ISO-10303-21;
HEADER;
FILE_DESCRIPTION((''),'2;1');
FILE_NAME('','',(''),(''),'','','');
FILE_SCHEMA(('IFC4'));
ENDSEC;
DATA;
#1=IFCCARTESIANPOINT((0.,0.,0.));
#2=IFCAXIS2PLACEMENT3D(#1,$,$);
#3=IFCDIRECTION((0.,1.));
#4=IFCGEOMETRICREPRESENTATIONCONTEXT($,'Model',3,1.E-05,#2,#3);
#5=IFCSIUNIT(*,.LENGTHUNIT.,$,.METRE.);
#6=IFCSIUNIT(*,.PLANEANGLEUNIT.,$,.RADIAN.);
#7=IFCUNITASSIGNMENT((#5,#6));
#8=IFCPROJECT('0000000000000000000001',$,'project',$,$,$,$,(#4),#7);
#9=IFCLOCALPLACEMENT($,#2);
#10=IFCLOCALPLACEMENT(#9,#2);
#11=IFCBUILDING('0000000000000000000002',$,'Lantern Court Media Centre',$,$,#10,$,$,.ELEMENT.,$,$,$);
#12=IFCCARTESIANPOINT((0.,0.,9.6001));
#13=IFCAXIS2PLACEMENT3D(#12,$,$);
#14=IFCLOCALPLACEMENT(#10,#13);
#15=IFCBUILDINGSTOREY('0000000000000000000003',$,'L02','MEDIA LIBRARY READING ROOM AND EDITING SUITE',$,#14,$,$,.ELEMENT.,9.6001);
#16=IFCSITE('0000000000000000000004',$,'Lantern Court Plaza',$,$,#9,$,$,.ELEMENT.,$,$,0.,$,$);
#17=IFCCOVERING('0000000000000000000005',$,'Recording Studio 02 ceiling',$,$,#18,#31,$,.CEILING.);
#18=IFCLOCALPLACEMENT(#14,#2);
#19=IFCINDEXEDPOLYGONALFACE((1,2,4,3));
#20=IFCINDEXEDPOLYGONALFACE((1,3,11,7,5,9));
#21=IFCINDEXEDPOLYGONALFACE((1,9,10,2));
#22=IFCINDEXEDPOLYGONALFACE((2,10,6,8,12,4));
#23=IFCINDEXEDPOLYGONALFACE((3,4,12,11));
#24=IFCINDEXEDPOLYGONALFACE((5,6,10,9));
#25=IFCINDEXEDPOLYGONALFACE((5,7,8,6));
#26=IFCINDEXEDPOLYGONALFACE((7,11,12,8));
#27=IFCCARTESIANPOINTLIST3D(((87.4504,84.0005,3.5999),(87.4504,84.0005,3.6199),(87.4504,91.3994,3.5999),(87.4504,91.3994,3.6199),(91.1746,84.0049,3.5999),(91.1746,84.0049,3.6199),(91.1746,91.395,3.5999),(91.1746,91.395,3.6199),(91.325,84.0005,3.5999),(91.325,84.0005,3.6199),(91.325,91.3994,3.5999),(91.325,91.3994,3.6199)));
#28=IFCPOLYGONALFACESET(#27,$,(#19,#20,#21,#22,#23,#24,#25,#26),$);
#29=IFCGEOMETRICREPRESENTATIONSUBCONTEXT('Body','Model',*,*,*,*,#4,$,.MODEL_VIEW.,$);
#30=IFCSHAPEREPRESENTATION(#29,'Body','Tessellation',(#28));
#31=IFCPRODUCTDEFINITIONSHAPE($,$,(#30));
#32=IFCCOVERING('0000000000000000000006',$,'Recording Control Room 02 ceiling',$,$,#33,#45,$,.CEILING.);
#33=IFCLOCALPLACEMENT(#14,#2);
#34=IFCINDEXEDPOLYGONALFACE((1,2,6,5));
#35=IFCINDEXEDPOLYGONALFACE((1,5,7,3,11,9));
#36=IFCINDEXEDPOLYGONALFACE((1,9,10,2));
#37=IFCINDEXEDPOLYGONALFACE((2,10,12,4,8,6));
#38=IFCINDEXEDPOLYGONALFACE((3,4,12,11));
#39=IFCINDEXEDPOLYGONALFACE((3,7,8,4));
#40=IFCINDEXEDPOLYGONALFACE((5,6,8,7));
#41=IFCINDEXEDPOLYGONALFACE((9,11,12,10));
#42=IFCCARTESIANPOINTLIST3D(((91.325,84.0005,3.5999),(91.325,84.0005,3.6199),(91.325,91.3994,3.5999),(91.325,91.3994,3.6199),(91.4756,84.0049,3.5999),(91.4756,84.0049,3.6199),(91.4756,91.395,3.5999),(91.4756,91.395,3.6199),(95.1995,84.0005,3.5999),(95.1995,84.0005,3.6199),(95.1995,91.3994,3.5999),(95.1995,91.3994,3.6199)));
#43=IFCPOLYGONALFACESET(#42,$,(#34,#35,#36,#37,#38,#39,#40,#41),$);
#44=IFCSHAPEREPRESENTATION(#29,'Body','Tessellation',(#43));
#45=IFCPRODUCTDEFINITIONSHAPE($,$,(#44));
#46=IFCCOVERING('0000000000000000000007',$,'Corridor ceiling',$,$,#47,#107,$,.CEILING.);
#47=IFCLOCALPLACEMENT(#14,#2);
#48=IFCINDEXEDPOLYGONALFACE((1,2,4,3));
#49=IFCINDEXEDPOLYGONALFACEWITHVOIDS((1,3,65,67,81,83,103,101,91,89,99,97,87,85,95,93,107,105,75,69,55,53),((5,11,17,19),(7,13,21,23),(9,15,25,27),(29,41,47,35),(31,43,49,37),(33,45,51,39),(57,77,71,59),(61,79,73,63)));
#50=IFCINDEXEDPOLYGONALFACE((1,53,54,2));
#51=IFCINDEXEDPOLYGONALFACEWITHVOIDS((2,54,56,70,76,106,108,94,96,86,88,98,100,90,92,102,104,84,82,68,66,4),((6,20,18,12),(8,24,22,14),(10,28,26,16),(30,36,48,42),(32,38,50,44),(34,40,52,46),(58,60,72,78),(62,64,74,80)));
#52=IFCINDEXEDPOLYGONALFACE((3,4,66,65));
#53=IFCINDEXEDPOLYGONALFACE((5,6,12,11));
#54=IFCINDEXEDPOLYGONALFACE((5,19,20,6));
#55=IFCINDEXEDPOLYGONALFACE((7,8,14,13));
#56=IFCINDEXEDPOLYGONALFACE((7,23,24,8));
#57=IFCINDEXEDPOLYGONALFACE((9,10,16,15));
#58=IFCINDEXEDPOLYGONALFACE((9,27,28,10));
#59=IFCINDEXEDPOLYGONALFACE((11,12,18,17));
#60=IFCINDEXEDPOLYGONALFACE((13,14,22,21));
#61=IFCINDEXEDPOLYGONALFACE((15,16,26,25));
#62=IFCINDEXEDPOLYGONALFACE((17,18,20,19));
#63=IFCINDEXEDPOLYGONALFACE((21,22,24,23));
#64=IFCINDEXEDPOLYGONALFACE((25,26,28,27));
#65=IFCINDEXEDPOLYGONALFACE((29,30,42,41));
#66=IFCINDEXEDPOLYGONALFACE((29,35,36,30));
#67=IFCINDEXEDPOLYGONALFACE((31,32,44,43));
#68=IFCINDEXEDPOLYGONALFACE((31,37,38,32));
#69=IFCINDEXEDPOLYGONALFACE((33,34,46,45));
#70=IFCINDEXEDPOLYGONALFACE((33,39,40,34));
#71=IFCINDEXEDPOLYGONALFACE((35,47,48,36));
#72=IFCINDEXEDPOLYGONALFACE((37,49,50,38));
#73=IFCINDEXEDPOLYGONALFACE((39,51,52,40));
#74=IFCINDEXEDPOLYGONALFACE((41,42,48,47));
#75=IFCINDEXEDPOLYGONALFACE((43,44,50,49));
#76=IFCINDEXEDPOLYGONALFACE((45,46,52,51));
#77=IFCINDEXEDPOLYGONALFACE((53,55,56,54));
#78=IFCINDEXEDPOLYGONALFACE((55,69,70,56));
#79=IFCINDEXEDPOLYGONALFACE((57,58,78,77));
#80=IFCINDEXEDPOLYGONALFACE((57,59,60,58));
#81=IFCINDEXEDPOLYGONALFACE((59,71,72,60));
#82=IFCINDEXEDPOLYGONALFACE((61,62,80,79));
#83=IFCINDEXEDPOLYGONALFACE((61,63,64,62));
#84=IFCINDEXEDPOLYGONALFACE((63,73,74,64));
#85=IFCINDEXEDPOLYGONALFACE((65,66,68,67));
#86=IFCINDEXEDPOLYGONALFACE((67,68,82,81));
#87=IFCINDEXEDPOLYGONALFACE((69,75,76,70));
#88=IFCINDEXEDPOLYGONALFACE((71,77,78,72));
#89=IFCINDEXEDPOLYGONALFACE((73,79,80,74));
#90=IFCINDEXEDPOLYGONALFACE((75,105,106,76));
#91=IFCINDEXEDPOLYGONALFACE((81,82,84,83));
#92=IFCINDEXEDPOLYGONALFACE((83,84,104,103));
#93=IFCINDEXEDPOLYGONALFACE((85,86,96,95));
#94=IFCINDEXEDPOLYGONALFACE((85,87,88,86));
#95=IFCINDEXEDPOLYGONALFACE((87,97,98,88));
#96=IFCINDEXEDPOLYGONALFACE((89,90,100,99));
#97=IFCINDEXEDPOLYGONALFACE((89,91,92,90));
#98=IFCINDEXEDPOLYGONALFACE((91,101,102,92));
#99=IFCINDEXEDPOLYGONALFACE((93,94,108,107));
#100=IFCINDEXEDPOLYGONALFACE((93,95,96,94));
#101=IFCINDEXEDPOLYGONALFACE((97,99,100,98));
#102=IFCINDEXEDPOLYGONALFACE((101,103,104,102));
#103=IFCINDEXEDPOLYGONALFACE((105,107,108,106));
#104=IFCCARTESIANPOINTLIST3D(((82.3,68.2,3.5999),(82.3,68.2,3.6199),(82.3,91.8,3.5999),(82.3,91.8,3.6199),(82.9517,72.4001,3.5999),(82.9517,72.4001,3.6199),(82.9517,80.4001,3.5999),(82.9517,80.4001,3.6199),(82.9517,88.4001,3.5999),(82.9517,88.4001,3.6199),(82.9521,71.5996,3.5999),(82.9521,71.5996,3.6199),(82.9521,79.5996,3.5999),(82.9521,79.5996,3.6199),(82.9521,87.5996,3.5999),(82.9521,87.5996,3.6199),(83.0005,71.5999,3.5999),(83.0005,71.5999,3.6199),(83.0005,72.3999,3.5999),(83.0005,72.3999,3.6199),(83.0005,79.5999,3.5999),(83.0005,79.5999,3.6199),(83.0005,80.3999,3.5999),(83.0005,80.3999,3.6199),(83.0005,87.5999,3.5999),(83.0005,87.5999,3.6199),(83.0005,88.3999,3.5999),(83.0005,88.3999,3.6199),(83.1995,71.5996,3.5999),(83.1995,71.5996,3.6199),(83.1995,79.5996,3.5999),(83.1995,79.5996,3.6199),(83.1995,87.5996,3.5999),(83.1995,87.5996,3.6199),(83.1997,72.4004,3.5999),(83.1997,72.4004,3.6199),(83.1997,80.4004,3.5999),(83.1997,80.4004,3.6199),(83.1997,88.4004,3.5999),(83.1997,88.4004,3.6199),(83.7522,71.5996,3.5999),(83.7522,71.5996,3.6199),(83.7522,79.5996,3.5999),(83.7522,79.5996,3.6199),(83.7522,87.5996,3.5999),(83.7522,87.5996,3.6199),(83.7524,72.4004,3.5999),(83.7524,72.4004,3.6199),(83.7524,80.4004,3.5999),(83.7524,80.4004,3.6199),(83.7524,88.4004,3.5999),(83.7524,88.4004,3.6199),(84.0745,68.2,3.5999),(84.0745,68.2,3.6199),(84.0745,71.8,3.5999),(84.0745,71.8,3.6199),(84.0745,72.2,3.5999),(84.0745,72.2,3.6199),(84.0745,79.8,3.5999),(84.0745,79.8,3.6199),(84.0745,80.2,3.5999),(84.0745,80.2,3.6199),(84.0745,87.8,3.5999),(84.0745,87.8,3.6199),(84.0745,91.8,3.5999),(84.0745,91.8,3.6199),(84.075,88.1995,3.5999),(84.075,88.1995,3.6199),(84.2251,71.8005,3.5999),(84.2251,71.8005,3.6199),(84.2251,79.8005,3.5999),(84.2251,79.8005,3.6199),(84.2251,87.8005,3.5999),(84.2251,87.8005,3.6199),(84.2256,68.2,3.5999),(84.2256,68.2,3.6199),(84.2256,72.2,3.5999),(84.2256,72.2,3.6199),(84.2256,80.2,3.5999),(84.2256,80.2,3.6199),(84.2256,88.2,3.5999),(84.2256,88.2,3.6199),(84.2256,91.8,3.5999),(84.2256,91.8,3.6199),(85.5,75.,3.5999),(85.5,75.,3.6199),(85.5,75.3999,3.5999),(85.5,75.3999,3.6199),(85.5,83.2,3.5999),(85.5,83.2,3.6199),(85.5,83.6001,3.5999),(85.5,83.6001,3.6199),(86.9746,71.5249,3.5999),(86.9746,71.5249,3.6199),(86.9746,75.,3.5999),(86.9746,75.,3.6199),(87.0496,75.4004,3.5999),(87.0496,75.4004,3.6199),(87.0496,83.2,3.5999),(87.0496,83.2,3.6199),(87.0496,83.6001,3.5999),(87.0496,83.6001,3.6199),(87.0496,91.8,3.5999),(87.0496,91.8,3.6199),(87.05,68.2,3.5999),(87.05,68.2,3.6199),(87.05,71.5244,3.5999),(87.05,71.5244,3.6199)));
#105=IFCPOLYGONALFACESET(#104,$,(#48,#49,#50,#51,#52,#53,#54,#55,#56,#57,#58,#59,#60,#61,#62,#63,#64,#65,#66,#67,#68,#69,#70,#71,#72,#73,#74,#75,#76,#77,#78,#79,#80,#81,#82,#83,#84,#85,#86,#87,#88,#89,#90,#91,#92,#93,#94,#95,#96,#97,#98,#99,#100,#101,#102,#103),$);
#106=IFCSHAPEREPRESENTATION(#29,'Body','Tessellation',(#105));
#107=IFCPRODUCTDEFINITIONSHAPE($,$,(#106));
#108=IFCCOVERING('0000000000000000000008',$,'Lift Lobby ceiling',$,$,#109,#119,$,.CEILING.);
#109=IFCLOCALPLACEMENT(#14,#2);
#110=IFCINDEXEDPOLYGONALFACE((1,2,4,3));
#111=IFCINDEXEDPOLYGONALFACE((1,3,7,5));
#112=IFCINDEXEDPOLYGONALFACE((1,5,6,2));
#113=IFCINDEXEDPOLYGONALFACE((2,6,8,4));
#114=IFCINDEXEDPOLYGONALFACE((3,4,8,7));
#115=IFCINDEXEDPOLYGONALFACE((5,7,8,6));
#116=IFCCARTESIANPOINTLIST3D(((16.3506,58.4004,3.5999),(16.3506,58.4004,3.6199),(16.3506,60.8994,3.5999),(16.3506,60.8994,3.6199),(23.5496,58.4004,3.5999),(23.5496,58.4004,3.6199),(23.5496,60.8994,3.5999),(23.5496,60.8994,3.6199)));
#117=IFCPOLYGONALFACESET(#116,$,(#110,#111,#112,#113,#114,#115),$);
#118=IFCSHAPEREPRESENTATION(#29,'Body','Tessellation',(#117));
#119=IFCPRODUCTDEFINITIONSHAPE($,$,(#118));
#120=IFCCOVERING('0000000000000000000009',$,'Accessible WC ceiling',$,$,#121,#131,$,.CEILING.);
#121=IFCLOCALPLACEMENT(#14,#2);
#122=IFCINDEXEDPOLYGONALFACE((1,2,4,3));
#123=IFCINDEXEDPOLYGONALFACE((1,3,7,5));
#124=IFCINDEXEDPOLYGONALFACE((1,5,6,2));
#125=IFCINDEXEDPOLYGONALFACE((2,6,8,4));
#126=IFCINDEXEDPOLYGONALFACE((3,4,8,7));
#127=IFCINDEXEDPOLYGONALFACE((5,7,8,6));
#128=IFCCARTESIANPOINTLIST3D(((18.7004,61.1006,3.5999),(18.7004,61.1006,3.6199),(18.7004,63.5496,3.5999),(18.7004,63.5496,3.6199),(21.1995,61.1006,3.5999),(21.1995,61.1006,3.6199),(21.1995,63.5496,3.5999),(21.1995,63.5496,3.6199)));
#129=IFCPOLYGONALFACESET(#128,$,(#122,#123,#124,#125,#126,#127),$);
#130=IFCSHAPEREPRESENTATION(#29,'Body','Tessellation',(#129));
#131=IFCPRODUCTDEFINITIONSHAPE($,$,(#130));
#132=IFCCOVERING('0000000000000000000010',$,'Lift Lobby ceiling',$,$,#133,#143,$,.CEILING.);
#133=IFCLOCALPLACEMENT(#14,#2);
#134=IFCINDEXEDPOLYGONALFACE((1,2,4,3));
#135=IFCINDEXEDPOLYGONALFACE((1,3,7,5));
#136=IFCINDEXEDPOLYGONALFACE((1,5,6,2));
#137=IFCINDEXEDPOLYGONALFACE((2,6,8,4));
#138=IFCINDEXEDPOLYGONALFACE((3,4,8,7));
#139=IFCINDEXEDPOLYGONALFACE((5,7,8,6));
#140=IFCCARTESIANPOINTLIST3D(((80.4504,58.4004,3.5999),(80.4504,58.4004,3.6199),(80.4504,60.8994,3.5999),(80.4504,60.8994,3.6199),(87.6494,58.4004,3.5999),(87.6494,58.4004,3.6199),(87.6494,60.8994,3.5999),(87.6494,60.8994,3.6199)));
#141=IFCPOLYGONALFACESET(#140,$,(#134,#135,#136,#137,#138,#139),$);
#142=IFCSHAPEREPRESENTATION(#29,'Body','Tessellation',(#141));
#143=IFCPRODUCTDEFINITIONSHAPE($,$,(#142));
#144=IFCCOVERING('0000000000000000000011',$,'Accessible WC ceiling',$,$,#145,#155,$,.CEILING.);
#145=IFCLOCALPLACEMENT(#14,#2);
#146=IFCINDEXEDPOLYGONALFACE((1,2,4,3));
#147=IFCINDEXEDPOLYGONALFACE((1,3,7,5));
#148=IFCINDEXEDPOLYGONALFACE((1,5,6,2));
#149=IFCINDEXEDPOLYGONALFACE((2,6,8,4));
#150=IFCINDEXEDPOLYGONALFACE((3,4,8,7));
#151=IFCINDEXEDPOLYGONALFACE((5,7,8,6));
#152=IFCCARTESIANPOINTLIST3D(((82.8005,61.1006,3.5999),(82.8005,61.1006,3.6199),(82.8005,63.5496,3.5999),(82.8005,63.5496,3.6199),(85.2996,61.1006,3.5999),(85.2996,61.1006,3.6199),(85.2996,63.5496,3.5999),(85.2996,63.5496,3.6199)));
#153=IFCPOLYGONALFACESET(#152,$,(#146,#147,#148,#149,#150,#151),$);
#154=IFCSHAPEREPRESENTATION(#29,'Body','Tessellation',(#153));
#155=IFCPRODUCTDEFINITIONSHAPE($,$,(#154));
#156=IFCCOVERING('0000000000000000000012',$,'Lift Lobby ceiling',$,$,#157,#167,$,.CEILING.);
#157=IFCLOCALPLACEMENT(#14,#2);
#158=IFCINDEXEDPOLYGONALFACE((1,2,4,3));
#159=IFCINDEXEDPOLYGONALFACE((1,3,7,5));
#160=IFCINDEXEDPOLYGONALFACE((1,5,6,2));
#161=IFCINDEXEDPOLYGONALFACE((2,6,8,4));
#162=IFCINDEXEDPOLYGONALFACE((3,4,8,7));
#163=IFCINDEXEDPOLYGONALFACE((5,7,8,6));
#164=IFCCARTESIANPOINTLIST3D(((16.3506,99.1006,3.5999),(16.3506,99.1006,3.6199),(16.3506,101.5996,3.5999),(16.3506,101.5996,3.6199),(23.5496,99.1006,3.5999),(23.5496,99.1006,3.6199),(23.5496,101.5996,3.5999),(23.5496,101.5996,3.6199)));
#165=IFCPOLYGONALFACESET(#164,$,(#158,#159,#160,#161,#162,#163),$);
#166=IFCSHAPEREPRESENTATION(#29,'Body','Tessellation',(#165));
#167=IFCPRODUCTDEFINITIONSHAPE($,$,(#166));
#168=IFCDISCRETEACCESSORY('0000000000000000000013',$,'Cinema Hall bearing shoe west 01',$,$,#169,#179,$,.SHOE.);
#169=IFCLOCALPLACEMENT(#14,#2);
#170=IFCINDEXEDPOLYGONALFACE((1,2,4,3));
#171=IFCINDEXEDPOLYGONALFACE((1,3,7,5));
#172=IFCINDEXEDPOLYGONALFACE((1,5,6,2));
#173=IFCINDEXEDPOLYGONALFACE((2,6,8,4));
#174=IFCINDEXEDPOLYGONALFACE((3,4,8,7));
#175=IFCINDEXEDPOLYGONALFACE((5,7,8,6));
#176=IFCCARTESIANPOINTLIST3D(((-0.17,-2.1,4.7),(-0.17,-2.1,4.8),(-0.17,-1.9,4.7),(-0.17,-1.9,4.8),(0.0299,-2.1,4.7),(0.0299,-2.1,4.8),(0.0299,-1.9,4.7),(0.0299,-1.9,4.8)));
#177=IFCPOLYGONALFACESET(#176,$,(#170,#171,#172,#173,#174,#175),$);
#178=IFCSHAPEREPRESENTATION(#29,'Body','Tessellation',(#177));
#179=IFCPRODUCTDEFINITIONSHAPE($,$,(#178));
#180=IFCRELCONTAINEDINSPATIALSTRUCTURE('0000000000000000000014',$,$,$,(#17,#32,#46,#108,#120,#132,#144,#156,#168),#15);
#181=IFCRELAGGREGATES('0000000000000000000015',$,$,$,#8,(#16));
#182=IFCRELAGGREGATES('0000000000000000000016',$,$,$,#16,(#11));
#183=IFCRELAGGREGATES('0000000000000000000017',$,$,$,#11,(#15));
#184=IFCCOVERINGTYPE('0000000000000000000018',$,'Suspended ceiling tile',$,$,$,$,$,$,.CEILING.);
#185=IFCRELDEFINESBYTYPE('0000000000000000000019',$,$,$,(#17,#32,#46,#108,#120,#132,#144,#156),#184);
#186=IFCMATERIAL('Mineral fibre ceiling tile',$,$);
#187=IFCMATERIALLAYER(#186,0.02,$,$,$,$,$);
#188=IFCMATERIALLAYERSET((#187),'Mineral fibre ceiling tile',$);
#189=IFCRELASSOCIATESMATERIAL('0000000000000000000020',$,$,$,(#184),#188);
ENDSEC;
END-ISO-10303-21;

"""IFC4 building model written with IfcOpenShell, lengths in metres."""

from ifc_helpers import new_model, si_unit, direction, frame, origin, origin_2d, place, context, subcontext, project, spatial, polyline, rectangle, outline, extrude, material, layer, layer_set, type_object, element, save


model = new_model("IFC4")

# Units and contexts
model_context = context("Model", 3, precision=1e-05, world=origin(), true_north=direction((0.0, 1.0)))
body_context = subcontext(model_context, "Body", "Model", "MODEL_VIEW")
ifc_project = project(units=[si_unit("LENGTHUNIT", "METRE"), si_unit("PLANEANGLEUNIT", "RADIAN")], contexts=[model_context])

# Site, building, storey
site_placement = place(None, origin())
site = spatial("IfcSite", under=ifc_project, at=site_placement, Name="Lantern Court Plaza", CompositionType="ELEMENT", RefElevation=0.0)
building_placement = place(site_placement, origin())
building = spatial("IfcBuilding", under=site, at=building_placement, Name="Lantern Court Media Centre", CompositionType="ELEMENT")
storey_placement = place(building_placement, frame((0.0, 0.0, 9.6001)))
storey = spatial("IfcBuildingStorey", under=building, at=storey_placement, Name="L02", Description="MEDIA LIBRARY READING ROOM AND EDITING SUITE", CompositionType="ELEMENT", Elevation=9.6001)

# Coverings
ifc_material_1 = material(Name="Mineral fibre ceiling tile")
ifc_layer_1 = layer(ifc_material_1, 0.02)
ifc_layer_set_1 = layer_set([ifc_layer_1], Name="Mineral fibre ceiling tile")
covering_type = type_object("IfcCoveringType", Name="Suspended ceiling tile", PredefinedType="CEILING", material=ifc_layer_set_1)
covering_1_placement = place(storey_placement, frame((0.0, 0.0, 3.5999)))
element("IfcCovering", 1, at=covering_1_placement, inside=storey, type_object=covering_type, Name="Recording Studio 02 ceiling", PredefinedType="CEILING", context=body_context, shape_type="SweptSolid", body=[
    extrude(outline(polyline([(91.325, 84.0005), (87.4504, 84.0005), (87.4504, 91.3994), (91.325, 91.3994), (91.1746, 91.395), (91.1746, 84.0049), (91.325, 84.0005)])), origin(), (0.0, 0.0, 1.0), 0.02),
])
covering_2_placement = place(storey_placement, frame((0.0, 0.0, 3.5999)))
element("IfcCovering", 2, at=covering_2_placement, inside=storey, type_object=covering_type, Name="Recording Control Room 02 ceiling", PredefinedType="CEILING", context=body_context, shape_type="SweptSolid", body=[
    extrude(outline(polyline([(91.325, 91.3994), (95.1995, 91.3994), (95.1995, 84.0005), (91.325, 84.0005), (91.4756, 84.0049), (91.4756, 91.395), (91.325, 91.3994)])), origin(), (0.0, 0.0, 1.0), 0.02),
])
covering_3_placement = place(storey_placement, frame((0.0, 0.0, 3.5999)))
element("IfcCovering", 3, at=covering_3_placement, inside=storey, type_object=covering_type, Name="Corridor ceiling", PredefinedType="CEILING", context=body_context, shape_type="SweptSolid", body=[
    extrude(outline(polyline([(87.05, 68.2), (84.2256, 68.2), (84.2251, 71.8005), (84.0745, 71.8), (84.0745, 68.2), (82.3, 68.2), (82.3, 91.8), (84.0745, 91.8), (84.075, 88.1995), (84.2256, 88.2), (84.2256, 91.8), (87.0496, 91.8), (87.0496, 83.6001), (85.5, 83.6001), (85.5, 83.2), (87.0496, 83.2), (87.0496, 75.4004), (85.5, 75.3999), (85.5, 75.0), (86.9746, 75.0), (86.9746, 71.5249), (87.05, 71.5244), (87.05, 68.2)]), holes=[polyline([(84.0745, 80.2), (84.2256, 80.2), (84.2251, 87.8005), (84.0745, 87.8), (84.0745, 80.2)]), polyline([(84.0745, 72.2), (84.2256, 72.2), (84.2251, 79.8005), (84.0745, 79.8), (84.0745, 72.2)]), polyline([(83.7522, 87.5996), (83.7524, 88.4004), (83.1997, 88.4004), (83.1995, 87.5996), (83.7522, 87.5996)]), polyline([(83.7522, 79.5996), (83.7524, 80.4004), (83.1997, 80.4004), (83.1995, 79.5996), (83.7522, 79.5996)]), polyline([(83.7522, 71.5996), (83.7524, 72.4004), (83.1997, 72.4004), (83.1995, 71.5996), (83.7522, 71.5996)]), polyline([(83.0005, 80.3999), (82.9517, 80.4001), (82.9521, 79.5996), (83.0005, 79.5999), (83.0005, 80.3999)]), polyline([(83.0005, 72.3999), (82.9517, 72.4001), (82.9521, 71.5996), (83.0005, 71.5999), (83.0005, 72.3999)]), polyline([(83.0005, 88.3999), (82.9517, 88.4001), (82.9521, 87.5996), (83.0005, 87.5999), (83.0005, 88.3999)])]), origin(), (0.0, 0.0, 1.0), 0.02),
])
covering_4_placement = place(storey_placement, frame((0.0, 0.0, 3.5999)))
element("IfcCovering", 4, at=covering_4_placement, inside=storey, type_object=covering_type, Name="Lift Lobby ceiling", PredefinedType="CEILING", context=body_context, shape_type="SweptSolid", body=[
    extrude(outline(polyline([(16.3506, 60.8994), (23.5496, 60.8994), (23.5496, 58.4004), (16.3506, 58.4004), (16.3506, 60.8994)])), origin(), (0.0, 0.0, 1.0), 0.02),
])
covering_5_placement = place(storey_placement, frame((0.0, 0.0, 3.5999)))
element("IfcCovering", 5, at=covering_5_placement, inside=storey, type_object=covering_type, Name="Accessible WC ceiling", PredefinedType="CEILING", context=body_context, shape_type="SweptSolid", body=[
    extrude(outline(polyline([(21.1995, 61.1006), (18.7004, 61.1006), (18.7004, 63.5496), (21.1995, 63.5496), (21.1995, 61.1006)])), origin(), (0.0, 0.0, 1.0), 0.02),
])
covering_6_placement = place(storey_placement, frame((0.0, 0.0, 3.5999)))
element("IfcCovering", 6, at=covering_6_placement, inside=storey, type_object=covering_type, Name="Lift Lobby ceiling", PredefinedType="CEILING", context=body_context, shape_type="SweptSolid", body=[
    extrude(outline(polyline([(80.4504, 58.4004), (80.4504, 60.8994), (87.6494, 60.8994), (87.6494, 58.4004), (80.4504, 58.4004)])), origin(), (0.0, 0.0, 1.0), 0.02),
])
covering_7_placement = place(storey_placement, frame((0.0, 0.0, 3.5999)))
element("IfcCovering", 7, at=covering_7_placement, inside=storey, type_object=covering_type, Name="Accessible WC ceiling", PredefinedType="CEILING", context=body_context, shape_type="SweptSolid", body=[
    extrude(outline(polyline([(85.2996, 63.5496), (85.2996, 61.1006), (82.8005, 61.1006), (82.8005, 63.5496), (85.2996, 63.5496)])), origin(), (0.0, 0.0, 1.0), 0.02),
])
covering_8_placement = place(storey_placement, frame((0.0, 0.0, 3.5999)))
element("IfcCovering", 8, at=covering_8_placement, inside=storey, type_object=covering_type, Name="Lift Lobby ceiling", PredefinedType="CEILING", context=body_context, shape_type="SweptSolid", body=[
    extrude(outline(polyline([(16.3506, 101.5996), (23.5496, 101.5996), (23.5496, 99.1006), (16.3506, 99.1006), (16.3506, 101.5996)])), origin(), (0.0, 0.0, 1.0), 0.02),
])

# Discrete accessory
discrete_accessory_placement = place(storey_placement, frame((-0.0701, -2.0, 4.7), z_axis=(0.0, 0.0, 1.0), x_axis=(1.0, 0.0, 0.0)))
element("IfcDiscreteAccessory", 9, at=discrete_accessory_placement, inside=storey, Name="Cinema Hall bearing shoe west 01", PredefinedType="SHOE", context=body_context, shape_type="SweptSolid", body=[
    extrude(rectangle(XDim=0.2, YDim=0.2, at=origin_2d()), origin(), (0.0, 0.0, 1.0), 0.1001),
])

save(model, "model.ifc")
